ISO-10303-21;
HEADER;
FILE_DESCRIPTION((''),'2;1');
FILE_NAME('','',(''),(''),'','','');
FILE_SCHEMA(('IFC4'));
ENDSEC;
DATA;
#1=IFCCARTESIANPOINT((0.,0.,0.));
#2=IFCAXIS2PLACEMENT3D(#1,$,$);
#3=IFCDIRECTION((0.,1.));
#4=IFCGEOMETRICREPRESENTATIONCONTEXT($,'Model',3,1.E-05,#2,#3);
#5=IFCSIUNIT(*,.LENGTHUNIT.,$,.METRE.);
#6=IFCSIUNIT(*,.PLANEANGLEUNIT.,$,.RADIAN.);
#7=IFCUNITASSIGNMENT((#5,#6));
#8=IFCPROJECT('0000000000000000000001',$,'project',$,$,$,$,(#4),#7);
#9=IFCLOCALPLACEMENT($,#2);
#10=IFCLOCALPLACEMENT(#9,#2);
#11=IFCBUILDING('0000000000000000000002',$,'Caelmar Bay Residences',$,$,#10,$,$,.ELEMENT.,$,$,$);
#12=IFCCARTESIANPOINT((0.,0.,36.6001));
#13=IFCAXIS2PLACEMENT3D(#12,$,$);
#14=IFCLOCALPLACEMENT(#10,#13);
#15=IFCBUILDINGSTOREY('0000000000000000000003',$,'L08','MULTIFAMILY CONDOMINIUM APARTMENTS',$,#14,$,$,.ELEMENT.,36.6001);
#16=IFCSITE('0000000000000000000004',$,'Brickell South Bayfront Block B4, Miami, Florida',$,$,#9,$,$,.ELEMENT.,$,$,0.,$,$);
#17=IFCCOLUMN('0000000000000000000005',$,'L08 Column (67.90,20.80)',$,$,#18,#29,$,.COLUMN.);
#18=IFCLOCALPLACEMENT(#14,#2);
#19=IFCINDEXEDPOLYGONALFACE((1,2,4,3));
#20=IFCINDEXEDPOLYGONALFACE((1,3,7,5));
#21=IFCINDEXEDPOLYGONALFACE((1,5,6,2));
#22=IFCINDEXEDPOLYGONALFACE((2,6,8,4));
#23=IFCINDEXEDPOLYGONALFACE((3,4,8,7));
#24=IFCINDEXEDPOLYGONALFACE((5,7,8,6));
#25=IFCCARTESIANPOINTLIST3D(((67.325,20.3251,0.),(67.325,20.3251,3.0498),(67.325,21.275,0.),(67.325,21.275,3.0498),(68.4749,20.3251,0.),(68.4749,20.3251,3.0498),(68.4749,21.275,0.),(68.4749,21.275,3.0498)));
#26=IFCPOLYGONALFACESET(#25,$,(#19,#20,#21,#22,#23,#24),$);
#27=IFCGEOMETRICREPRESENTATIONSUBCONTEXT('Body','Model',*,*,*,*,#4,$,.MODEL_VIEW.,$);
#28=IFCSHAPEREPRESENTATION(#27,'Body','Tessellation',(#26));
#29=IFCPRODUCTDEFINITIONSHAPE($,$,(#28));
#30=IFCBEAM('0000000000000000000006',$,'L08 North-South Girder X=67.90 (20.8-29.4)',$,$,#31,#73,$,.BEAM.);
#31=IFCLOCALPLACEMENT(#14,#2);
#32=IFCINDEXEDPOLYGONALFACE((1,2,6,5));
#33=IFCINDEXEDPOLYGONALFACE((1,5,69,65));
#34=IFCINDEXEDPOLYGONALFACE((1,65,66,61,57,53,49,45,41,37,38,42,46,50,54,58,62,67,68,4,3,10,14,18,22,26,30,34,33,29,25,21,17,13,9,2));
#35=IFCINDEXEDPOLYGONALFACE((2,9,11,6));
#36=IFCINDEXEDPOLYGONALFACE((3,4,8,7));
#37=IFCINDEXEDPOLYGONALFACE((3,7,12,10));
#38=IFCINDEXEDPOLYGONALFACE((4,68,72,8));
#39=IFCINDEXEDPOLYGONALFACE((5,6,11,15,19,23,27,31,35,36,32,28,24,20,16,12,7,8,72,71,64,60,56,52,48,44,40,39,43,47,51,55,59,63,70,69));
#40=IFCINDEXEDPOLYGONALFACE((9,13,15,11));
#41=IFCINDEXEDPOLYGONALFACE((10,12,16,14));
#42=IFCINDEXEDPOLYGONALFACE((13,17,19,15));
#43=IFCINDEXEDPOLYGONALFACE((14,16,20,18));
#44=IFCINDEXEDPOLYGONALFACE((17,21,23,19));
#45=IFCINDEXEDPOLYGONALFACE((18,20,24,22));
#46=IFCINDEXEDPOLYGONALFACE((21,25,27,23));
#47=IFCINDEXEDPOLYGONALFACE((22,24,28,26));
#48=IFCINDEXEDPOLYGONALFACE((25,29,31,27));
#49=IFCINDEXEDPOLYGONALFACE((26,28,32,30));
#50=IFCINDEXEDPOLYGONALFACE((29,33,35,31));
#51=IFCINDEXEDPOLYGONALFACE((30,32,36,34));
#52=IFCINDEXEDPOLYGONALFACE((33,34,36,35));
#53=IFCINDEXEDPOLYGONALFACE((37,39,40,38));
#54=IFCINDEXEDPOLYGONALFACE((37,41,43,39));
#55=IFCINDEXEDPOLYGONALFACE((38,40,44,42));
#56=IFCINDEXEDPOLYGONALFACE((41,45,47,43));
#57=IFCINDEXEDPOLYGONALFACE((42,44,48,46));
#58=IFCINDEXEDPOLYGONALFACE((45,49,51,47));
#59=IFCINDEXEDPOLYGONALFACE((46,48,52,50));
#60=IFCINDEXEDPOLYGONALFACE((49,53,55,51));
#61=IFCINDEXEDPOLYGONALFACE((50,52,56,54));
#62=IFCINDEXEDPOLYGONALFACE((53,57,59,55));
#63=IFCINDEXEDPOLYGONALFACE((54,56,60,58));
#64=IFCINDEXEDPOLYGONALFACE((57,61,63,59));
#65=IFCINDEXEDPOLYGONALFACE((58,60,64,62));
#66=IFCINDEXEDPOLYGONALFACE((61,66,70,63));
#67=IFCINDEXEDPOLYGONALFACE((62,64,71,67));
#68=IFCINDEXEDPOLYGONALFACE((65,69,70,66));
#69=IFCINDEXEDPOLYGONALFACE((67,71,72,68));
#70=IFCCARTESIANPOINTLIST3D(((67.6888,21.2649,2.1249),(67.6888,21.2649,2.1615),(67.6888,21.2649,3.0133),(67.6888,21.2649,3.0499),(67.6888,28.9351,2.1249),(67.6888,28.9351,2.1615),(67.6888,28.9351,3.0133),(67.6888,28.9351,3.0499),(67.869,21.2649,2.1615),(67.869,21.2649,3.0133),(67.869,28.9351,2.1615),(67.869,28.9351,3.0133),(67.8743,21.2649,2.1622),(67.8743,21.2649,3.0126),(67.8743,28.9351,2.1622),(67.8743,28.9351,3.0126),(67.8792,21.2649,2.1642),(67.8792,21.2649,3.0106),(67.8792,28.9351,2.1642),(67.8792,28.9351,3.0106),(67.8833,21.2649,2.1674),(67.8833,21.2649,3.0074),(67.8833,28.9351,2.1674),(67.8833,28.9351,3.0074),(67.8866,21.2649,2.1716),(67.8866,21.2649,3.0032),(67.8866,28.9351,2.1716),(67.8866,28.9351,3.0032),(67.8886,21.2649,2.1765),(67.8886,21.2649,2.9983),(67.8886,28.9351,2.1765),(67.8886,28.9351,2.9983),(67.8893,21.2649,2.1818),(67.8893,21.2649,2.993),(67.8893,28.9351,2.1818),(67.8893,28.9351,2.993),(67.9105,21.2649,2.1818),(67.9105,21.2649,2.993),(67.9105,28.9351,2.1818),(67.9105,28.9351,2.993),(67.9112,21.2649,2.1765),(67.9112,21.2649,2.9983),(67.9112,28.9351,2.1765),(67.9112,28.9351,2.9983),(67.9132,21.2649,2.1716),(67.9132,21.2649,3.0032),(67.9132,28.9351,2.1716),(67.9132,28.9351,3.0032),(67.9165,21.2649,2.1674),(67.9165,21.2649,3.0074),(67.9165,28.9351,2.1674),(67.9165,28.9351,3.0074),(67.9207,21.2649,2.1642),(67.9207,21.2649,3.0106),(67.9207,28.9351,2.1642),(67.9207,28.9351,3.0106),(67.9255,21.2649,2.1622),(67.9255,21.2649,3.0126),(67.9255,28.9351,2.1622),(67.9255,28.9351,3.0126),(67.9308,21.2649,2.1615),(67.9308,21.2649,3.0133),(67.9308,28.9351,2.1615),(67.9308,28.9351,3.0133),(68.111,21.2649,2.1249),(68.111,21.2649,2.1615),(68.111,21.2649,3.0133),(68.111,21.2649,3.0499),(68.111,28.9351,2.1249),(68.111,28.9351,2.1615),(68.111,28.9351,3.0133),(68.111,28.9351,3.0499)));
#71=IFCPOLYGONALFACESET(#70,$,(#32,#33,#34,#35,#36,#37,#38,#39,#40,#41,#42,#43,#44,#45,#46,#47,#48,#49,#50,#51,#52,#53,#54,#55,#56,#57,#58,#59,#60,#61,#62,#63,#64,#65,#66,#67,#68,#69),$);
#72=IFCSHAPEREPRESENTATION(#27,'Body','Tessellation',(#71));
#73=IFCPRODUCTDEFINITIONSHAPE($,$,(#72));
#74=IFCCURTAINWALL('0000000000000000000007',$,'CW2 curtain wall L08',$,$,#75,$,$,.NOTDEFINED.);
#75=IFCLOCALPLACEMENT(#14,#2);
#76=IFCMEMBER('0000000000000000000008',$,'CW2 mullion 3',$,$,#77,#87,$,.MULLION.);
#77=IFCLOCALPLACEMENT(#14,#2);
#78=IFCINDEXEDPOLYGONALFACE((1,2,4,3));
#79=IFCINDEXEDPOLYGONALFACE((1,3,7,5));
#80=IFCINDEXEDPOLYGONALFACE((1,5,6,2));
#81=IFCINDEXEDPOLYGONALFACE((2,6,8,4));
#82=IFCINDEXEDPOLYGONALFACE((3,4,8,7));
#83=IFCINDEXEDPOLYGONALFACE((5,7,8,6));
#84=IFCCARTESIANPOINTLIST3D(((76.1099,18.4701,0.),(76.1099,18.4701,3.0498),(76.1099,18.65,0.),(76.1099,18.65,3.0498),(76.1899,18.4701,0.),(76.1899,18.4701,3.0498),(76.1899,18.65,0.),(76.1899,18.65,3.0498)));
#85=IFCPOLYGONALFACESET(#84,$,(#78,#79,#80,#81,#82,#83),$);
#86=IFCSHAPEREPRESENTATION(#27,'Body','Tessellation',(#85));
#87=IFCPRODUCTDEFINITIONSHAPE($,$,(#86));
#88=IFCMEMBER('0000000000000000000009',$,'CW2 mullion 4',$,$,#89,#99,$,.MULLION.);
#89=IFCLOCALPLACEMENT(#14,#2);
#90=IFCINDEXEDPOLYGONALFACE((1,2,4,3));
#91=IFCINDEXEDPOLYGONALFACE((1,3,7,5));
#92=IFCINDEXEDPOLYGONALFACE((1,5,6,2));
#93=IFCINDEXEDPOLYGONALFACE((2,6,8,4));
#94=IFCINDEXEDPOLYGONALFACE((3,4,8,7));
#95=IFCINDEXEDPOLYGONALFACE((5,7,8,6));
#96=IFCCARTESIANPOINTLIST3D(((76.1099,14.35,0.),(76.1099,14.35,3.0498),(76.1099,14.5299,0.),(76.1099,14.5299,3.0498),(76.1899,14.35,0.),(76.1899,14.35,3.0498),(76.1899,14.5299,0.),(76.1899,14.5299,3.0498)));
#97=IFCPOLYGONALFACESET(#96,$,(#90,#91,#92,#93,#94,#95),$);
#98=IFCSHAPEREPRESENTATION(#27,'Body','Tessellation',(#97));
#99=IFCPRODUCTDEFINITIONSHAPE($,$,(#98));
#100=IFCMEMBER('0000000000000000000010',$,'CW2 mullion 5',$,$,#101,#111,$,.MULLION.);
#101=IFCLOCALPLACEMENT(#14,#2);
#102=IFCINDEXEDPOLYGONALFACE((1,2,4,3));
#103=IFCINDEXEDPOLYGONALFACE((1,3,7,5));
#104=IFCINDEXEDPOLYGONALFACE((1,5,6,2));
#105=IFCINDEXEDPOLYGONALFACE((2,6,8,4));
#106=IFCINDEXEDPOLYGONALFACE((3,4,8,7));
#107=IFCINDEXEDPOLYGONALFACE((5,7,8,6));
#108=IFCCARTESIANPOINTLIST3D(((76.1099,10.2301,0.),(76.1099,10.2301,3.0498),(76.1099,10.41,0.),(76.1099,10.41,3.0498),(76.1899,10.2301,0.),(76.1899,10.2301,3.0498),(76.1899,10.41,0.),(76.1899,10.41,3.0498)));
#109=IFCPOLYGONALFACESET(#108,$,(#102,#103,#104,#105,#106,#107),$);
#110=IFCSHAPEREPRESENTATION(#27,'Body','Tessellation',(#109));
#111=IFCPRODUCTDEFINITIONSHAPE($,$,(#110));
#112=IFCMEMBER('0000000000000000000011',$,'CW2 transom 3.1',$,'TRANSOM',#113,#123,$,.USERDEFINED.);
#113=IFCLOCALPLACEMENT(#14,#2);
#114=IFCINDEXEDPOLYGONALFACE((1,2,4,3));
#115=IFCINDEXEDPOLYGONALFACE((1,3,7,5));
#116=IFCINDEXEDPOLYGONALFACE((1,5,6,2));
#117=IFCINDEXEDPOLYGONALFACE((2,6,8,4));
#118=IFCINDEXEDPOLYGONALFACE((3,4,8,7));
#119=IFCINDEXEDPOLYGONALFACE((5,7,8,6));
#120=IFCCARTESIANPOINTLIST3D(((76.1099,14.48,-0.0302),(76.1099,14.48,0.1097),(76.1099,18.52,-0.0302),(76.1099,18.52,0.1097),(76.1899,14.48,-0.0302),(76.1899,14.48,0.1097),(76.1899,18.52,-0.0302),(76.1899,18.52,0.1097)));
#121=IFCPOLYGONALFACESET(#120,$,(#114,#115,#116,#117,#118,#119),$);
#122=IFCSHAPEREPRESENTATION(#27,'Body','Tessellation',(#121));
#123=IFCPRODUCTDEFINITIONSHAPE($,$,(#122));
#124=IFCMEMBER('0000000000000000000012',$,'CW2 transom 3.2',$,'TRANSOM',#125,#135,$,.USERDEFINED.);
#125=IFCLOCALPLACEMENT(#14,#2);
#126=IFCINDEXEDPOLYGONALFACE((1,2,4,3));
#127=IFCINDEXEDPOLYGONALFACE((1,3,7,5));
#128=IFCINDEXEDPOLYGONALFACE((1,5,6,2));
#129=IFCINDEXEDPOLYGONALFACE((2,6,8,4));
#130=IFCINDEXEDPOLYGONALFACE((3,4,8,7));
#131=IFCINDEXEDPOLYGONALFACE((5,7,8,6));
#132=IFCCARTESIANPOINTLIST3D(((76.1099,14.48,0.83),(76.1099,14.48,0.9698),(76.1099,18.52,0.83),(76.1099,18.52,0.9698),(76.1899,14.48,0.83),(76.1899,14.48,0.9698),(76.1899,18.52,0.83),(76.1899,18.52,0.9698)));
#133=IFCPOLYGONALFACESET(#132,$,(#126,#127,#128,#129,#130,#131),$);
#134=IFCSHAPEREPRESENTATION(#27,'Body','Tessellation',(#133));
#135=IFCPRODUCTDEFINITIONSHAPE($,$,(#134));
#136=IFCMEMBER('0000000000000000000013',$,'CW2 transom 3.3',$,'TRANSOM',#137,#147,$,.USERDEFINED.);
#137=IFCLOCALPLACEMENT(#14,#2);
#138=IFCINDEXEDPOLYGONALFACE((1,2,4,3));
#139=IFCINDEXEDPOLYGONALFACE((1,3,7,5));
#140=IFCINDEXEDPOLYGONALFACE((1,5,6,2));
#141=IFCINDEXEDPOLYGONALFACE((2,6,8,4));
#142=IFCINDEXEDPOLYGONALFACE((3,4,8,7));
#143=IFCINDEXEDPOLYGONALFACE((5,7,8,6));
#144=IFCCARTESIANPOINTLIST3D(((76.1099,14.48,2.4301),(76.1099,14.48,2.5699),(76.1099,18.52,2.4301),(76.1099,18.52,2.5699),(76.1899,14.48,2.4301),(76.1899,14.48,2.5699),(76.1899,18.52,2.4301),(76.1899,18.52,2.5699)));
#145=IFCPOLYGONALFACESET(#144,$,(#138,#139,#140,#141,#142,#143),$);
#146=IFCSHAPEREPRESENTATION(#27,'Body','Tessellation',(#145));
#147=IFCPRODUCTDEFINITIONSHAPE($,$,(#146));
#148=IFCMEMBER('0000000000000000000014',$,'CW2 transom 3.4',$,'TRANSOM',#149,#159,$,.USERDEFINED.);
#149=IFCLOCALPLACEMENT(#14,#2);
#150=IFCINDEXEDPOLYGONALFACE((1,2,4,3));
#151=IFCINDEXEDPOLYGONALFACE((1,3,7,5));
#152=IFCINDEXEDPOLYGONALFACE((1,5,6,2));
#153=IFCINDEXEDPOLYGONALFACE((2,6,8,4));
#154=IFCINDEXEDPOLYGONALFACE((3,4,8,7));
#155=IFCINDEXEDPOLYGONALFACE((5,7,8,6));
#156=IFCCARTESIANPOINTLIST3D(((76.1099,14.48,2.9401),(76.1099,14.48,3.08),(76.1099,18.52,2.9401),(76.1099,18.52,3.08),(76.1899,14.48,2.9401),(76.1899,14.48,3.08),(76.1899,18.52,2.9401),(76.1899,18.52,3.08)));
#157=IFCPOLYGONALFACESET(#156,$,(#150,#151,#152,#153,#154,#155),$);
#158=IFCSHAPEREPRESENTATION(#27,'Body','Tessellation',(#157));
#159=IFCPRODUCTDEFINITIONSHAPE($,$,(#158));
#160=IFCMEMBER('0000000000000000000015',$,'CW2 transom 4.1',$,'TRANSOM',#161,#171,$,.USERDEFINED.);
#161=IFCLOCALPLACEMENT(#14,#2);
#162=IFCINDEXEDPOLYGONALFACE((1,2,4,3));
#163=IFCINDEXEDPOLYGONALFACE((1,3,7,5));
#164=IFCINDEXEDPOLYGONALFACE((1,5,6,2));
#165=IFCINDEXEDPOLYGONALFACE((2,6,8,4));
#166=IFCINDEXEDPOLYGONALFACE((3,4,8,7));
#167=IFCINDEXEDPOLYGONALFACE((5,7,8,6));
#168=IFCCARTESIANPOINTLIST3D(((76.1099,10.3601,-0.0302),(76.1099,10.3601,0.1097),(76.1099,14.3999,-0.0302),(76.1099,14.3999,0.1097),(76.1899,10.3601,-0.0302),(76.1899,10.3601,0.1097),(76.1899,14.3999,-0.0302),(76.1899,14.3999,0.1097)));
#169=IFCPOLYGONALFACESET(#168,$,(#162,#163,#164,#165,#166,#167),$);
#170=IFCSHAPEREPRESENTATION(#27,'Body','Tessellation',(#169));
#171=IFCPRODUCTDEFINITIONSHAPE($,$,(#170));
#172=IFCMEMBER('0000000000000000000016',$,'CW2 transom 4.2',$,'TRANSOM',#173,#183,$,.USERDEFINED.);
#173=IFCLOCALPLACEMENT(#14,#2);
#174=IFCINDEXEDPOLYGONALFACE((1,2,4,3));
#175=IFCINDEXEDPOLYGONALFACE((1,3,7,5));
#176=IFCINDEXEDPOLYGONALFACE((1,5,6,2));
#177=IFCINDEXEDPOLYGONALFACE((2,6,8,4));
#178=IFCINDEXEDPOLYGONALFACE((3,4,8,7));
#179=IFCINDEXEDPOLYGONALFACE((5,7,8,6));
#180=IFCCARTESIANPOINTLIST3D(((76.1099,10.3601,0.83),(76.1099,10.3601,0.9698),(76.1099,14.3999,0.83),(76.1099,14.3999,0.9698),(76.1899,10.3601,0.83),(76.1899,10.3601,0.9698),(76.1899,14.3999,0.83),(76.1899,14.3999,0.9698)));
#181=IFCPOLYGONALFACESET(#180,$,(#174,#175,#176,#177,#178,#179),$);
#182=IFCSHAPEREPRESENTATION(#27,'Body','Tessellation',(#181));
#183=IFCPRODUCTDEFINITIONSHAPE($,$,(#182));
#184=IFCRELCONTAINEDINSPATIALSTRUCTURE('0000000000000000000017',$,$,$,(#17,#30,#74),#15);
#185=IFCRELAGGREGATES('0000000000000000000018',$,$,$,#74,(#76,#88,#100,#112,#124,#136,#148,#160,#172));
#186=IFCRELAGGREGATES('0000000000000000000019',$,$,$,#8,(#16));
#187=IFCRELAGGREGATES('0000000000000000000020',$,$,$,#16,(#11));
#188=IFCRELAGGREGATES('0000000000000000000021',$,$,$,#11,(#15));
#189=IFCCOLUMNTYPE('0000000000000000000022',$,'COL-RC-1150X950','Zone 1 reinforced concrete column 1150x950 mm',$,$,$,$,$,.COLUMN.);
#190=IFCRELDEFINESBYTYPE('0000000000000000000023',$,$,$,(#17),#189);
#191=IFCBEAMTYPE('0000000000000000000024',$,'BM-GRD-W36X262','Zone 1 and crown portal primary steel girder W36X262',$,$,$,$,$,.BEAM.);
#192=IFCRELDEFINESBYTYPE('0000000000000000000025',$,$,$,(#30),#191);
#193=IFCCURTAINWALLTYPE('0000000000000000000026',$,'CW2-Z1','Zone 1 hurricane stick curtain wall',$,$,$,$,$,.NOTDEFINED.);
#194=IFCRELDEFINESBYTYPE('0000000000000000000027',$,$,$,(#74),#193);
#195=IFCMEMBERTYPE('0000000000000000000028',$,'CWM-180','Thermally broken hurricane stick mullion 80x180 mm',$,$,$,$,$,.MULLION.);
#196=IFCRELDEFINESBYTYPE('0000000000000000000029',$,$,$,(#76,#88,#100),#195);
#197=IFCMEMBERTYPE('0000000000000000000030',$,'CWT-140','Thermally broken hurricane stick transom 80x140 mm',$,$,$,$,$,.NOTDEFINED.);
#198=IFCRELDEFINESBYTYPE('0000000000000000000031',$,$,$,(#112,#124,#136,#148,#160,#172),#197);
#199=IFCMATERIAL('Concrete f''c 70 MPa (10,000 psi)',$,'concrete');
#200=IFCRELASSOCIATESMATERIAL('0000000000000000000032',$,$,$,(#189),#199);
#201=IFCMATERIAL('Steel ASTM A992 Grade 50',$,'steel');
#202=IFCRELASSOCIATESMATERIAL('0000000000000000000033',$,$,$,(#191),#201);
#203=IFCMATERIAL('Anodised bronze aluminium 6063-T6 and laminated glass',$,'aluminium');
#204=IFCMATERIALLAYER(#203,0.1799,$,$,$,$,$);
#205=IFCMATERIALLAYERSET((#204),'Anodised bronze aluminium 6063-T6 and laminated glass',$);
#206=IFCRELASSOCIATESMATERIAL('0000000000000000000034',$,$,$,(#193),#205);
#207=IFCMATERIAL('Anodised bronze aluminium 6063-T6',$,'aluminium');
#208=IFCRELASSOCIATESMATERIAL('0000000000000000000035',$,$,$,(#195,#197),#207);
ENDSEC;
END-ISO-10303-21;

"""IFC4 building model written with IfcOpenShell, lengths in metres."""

from ifc_helpers import new_model, si_unit, direction, frame, origin, origin_2d, place, context, subcontext, project, spatial, rectangle, i_section, extrude, material, layer, layer_set, material_profile, profile_set, type_object, element, aggregate, save


model = new_model("IFC4")

# Units and contexts
model_context = context("Model", 3, precision=1e-05, world=origin(), true_north=direction((0.0, 1.0)))
body_context = subcontext(model_context, "Body", "Model", "MODEL_VIEW")
ifc_project = project(units=[si_unit("LENGTHUNIT", "METRE"), si_unit("PLANEANGLEUNIT", "RADIAN")], contexts=[model_context])

# Site, building, storey
site_placement = place(None, origin())
site = spatial("IfcSite", under=ifc_project, at=site_placement, Name="Brickell South Bayfront Block B4, Miami, Florida", CompositionType="ELEMENT", RefElevation=0.0)
building_placement = place(site_placement, origin())
building = spatial("IfcBuilding", under=site, at=building_placement, Name="Caelmar Bay Residences", CompositionType="ELEMENT")
storey_placement = place(building_placement, frame((0.0, 0.0, 36.6001)))
storey = spatial("IfcBuildingStorey", under=building, at=storey_placement, Name="L08", Description="MULTIFAMILY CONDOMINIUM APARTMENTS", CompositionType="ELEMENT", Elevation=36.6001)

# Column
ifc_material_1 = material(Name="Concrete f'c 70 MPa (10,000 psi)", Category="concrete")
ifc_material_profile_1 = material_profile(ifc_material_1, rectangle(XDim=1.1499, YDim=0.95, at=origin_2d()), Name="RC-COL-1150X950")
ifc_profile_set_1 = profile_set([ifc_material_profile_1], Name="Concrete f'c 70 MPa (10,000 psi)")
column_type = type_object("IfcColumnType", Name="COL-RC-1150X950", Description="Zone 1 reinforced concrete column 1150x950 mm", PredefinedType="COLUMN", material=ifc_profile_set_1)
column_placement = place(storey_placement, frame((67.8999, 20.8, 0.0), z_axis=(0.0, 0.0, 1.0), x_axis=(1.0, 0.0, 0.0)))
element("IfcColumn", 1, at=column_placement, inside=storey, type_object=column_type, Name="L08 Column (67.90,20.80)", PredefinedType="COLUMN", context=body_context, shape_type="SweptSolid", body=[
    extrude(rectangle(XDim=1.1499, YDim=0.95, at=origin_2d()), origin(), (0.0, 0.0, 1.0), 3.0498),
])

# Beam
ifc_material_2 = material(Name="Steel ASTM A992 Grade 50", Category="steel")
ifc_material_profile_2 = material_profile(ifc_material_2, i_section(OverallWidth=0.4221, OverallDepth=0.925, WebThickness=0.0212, FlangeThickness=0.0366, FilletRadius=0.0203, at=origin_2d()), Name="W36X262")
ifc_profile_set_2 = profile_set([ifc_material_profile_2], Name="Steel ASTM A992 Grade 50")
beam_type = type_object("IfcBeamType", Name="BM-GRD-W36X262", Description="Zone 1 and crown portal primary steel girder W36X262", PredefinedType="BEAM", material=ifc_profile_set_2)
beam_placement = place(storey_placement, frame((67.8999, 21.2649, 2.5874), z_axis=(0.0, 1.0, 0.0), x_axis=(-1.0, 0.0, 0.0)))
element("IfcBeam", 2, at=beam_placement, inside=storey, type_object=beam_type, Name="L08 North-South Girder X=67.90 (20.8-29.4)", PredefinedType="BEAM", context=body_context, shape_type="SweptSolid", body=[
    extrude(i_section(OverallWidth=0.4221, OverallDepth=0.925, WebThickness=0.0212, FlangeThickness=0.0366, FilletRadius=0.0203, at=origin_2d()), origin(), (0.0, 0.0, 1.0), 7.6702),
])

# Curtain wall, members
ifc_material_3 = material(Name="Anodised bronze aluminium 6063-T6 and laminated glass", Category="aluminium")
ifc_layer_1 = layer(ifc_material_3, 0.1799)
ifc_layer_set_1 = layer_set([ifc_layer_1], Name="Anodised bronze aluminium 6063-T6 and laminated glass")
curtain_wall_type = type_object("IfcCurtainWallType", Name="CW2-Z1", Description="Zone 1 hurricane stick curtain wall", PredefinedType="NOTDEFINED", material=ifc_layer_set_1)
curtain_wall_placement = place(storey_placement, origin())
curtain_wall = element("IfcCurtainWall", 3, at=curtain_wall_placement, inside=storey, type_object=curtain_wall_type, Name="CW2 curtain wall L08", PredefinedType="NOTDEFINED")
ifc_material_4 = material(Name="Anodised bronze aluminium 6063-T6", Category="aluminium")
ifc_material_profile_3 = material_profile(ifc_material_4, rectangle(XDim=0.0801, YDim=0.1799, at=origin_2d()), Name="CWM-80X180")
ifc_profile_set_3 = profile_set([ifc_material_profile_3], Name="Anodised bronze aluminium 6063-T6")
member_type_1 = type_object("IfcMemberType", Name="CWM-180", Description="Thermally broken hurricane stick mullion 80x180 mm", PredefinedType="MULLION", material=ifc_profile_set_3)
member_1_placement = place(storey_placement, frame((76.1499, 18.5601, 0.0), z_axis=(0.0, 0.0, 1.0), x_axis=(1.0, 0.0, 0.0)))
member_1 = element("IfcMember", 4, at=member_1_placement, type_object=member_type_1, Name="CW2 mullion 3", PredefinedType="MULLION", context=body_context, shape_type="SweptSolid", body=[
    extrude(rectangle(XDim=0.0801, YDim=0.1799, at=origin_2d()), origin(), (0.0, 0.0, 1.0), 3.0498),
])
member_2_placement = place(storey_placement, frame((76.1499, 14.4399, 0.0), z_axis=(0.0, 0.0, 1.0), x_axis=(1.0, 0.0, 0.0)))
member_2 = element("IfcMember", 5, at=member_2_placement, type_object=member_type_1, Name="CW2 mullion 4", PredefinedType="MULLION", context=body_context, shape_type="SweptSolid", body=[
    extrude(rectangle(XDim=0.0801, YDim=0.1799, at=origin_2d()), origin(), (0.0, 0.0, 1.0), 3.0498),
])
member_3_placement = place(storey_placement, frame((76.1499, 10.3201, 0.0), z_axis=(0.0, 0.0, 1.0), x_axis=(1.0, 0.0, 0.0)))
member_3 = element("IfcMember", 6, at=member_3_placement, type_object=member_type_1, Name="CW2 mullion 5", PredefinedType="MULLION", context=body_context, shape_type="SweptSolid", body=[
    extrude(rectangle(XDim=0.0801, YDim=0.1799, at=origin_2d()), origin(), (0.0, 0.0, 1.0), 3.0498),
])
ifc_material_profile_4 = material_profile(ifc_material_4, rectangle(XDim=0.0801, YDim=0.1399, at=origin_2d()), Name="CWT-80X140")
ifc_profile_set_4 = profile_set([ifc_material_profile_4], Name="Anodised bronze aluminium 6063-T6")
member_type_2 = type_object("IfcMemberType", Name="CWT-140", Description="Thermally broken hurricane stick transom 80x140 mm", PredefinedType="NOTDEFINED", material=ifc_profile_set_4)
member_4_placement = place(storey_placement, frame((76.1499, 18.52, 0.0398), z_axis=(0.0, -1.0, 0.0), x_axis=(1.0, 0.0, 0.0)))
member_4 = element("IfcMember", 7, at=member_4_placement, type_object=member_type_2, Name="CW2 transom 3.1", ObjectType="TRANSOM", PredefinedType="USERDEFINED", context=body_context, shape_type="SweptSolid", body=[
    extrude(rectangle(XDim=0.0801, YDim=0.1399, at=origin_2d()), origin(), (0.0, 0.0, 1.0), 4.04),
])
member_5_placement = place(storey_placement, frame((76.1499, 18.52, 0.8999), z_axis=(0.0, -1.0, 0.0), x_axis=(1.0, 0.0, 0.0)))
member_5 = element("IfcMember", 8, at=member_5_placement, type_object=member_type_2, Name="CW2 transom 3.2", ObjectType="TRANSOM", PredefinedType="USERDEFINED", context=body_context, shape_type="SweptSolid", body=[
    extrude(rectangle(XDim=0.0801, YDim=0.1399, at=origin_2d()), origin(), (0.0, 0.0, 1.0), 4.04),
])
member_6_placement = place(storey_placement, frame((76.1499, 18.52, 2.5), z_axis=(0.0, -1.0, 0.0), x_axis=(1.0, 0.0, 0.0)))
member_6 = element("IfcMember", 9, at=member_6_placement, type_object=member_type_2, Name="CW2 transom 3.3", ObjectType="TRANSOM", PredefinedType="USERDEFINED", context=body_context, shape_type="SweptSolid", body=[
    extrude(rectangle(XDim=0.0801, YDim=0.1399, at=origin_2d()), origin(), (0.0, 0.0, 1.0), 4.04),
])
member_7_placement = place(storey_placement, frame((76.1499, 18.52, 3.01), z_axis=(0.0, -1.0, 0.0), x_axis=(1.0, 0.0, 0.0)))
member_7 = element("IfcMember", 10, at=member_7_placement, type_object=member_type_2, Name="CW2 transom 3.4", ObjectType="TRANSOM", PredefinedType="USERDEFINED", context=body_context, shape_type="SweptSolid", body=[
    extrude(rectangle(XDim=0.0801, YDim=0.1399, at=origin_2d()), origin(), (0.0, 0.0, 1.0), 4.04),
])
member_8_placement = place(storey_placement, frame((76.1499, 14.3999, 0.0398), z_axis=(0.0, -1.0, 0.0), x_axis=(1.0, 0.0, 0.0)))
member_8 = element("IfcMember", 11, at=member_8_placement, type_object=member_type_2, Name="CW2 transom 4.1", ObjectType="TRANSOM", PredefinedType="USERDEFINED", context=body_context, shape_type="SweptSolid", body=[
    extrude(rectangle(XDim=0.0801, YDim=0.1399, at=origin_2d()), origin(), (0.0, 0.0, 1.0), 4.0398),
])
member_9_placement = place(storey_placement, frame((76.1499, 14.3999, 0.8999), z_axis=(0.0, -1.0, 0.0), x_axis=(1.0, 0.0, 0.0)))
member_9 = element("IfcMember", 12, at=member_9_placement, type_object=member_type_2, Name="CW2 transom 4.2", ObjectType="TRANSOM", PredefinedType="USERDEFINED", context=body_context, shape_type="SweptSolid", body=[
    extrude(rectangle(XDim=0.0801, YDim=0.1399, at=origin_2d()), origin(), (0.0, 0.0, 1.0), 4.0398),
])
aggregate(curtain_wall, [member_1, member_2, member_3, member_4, member_5, member_6, member_7, member_8, member_9])

save(model, "model.ifc")
